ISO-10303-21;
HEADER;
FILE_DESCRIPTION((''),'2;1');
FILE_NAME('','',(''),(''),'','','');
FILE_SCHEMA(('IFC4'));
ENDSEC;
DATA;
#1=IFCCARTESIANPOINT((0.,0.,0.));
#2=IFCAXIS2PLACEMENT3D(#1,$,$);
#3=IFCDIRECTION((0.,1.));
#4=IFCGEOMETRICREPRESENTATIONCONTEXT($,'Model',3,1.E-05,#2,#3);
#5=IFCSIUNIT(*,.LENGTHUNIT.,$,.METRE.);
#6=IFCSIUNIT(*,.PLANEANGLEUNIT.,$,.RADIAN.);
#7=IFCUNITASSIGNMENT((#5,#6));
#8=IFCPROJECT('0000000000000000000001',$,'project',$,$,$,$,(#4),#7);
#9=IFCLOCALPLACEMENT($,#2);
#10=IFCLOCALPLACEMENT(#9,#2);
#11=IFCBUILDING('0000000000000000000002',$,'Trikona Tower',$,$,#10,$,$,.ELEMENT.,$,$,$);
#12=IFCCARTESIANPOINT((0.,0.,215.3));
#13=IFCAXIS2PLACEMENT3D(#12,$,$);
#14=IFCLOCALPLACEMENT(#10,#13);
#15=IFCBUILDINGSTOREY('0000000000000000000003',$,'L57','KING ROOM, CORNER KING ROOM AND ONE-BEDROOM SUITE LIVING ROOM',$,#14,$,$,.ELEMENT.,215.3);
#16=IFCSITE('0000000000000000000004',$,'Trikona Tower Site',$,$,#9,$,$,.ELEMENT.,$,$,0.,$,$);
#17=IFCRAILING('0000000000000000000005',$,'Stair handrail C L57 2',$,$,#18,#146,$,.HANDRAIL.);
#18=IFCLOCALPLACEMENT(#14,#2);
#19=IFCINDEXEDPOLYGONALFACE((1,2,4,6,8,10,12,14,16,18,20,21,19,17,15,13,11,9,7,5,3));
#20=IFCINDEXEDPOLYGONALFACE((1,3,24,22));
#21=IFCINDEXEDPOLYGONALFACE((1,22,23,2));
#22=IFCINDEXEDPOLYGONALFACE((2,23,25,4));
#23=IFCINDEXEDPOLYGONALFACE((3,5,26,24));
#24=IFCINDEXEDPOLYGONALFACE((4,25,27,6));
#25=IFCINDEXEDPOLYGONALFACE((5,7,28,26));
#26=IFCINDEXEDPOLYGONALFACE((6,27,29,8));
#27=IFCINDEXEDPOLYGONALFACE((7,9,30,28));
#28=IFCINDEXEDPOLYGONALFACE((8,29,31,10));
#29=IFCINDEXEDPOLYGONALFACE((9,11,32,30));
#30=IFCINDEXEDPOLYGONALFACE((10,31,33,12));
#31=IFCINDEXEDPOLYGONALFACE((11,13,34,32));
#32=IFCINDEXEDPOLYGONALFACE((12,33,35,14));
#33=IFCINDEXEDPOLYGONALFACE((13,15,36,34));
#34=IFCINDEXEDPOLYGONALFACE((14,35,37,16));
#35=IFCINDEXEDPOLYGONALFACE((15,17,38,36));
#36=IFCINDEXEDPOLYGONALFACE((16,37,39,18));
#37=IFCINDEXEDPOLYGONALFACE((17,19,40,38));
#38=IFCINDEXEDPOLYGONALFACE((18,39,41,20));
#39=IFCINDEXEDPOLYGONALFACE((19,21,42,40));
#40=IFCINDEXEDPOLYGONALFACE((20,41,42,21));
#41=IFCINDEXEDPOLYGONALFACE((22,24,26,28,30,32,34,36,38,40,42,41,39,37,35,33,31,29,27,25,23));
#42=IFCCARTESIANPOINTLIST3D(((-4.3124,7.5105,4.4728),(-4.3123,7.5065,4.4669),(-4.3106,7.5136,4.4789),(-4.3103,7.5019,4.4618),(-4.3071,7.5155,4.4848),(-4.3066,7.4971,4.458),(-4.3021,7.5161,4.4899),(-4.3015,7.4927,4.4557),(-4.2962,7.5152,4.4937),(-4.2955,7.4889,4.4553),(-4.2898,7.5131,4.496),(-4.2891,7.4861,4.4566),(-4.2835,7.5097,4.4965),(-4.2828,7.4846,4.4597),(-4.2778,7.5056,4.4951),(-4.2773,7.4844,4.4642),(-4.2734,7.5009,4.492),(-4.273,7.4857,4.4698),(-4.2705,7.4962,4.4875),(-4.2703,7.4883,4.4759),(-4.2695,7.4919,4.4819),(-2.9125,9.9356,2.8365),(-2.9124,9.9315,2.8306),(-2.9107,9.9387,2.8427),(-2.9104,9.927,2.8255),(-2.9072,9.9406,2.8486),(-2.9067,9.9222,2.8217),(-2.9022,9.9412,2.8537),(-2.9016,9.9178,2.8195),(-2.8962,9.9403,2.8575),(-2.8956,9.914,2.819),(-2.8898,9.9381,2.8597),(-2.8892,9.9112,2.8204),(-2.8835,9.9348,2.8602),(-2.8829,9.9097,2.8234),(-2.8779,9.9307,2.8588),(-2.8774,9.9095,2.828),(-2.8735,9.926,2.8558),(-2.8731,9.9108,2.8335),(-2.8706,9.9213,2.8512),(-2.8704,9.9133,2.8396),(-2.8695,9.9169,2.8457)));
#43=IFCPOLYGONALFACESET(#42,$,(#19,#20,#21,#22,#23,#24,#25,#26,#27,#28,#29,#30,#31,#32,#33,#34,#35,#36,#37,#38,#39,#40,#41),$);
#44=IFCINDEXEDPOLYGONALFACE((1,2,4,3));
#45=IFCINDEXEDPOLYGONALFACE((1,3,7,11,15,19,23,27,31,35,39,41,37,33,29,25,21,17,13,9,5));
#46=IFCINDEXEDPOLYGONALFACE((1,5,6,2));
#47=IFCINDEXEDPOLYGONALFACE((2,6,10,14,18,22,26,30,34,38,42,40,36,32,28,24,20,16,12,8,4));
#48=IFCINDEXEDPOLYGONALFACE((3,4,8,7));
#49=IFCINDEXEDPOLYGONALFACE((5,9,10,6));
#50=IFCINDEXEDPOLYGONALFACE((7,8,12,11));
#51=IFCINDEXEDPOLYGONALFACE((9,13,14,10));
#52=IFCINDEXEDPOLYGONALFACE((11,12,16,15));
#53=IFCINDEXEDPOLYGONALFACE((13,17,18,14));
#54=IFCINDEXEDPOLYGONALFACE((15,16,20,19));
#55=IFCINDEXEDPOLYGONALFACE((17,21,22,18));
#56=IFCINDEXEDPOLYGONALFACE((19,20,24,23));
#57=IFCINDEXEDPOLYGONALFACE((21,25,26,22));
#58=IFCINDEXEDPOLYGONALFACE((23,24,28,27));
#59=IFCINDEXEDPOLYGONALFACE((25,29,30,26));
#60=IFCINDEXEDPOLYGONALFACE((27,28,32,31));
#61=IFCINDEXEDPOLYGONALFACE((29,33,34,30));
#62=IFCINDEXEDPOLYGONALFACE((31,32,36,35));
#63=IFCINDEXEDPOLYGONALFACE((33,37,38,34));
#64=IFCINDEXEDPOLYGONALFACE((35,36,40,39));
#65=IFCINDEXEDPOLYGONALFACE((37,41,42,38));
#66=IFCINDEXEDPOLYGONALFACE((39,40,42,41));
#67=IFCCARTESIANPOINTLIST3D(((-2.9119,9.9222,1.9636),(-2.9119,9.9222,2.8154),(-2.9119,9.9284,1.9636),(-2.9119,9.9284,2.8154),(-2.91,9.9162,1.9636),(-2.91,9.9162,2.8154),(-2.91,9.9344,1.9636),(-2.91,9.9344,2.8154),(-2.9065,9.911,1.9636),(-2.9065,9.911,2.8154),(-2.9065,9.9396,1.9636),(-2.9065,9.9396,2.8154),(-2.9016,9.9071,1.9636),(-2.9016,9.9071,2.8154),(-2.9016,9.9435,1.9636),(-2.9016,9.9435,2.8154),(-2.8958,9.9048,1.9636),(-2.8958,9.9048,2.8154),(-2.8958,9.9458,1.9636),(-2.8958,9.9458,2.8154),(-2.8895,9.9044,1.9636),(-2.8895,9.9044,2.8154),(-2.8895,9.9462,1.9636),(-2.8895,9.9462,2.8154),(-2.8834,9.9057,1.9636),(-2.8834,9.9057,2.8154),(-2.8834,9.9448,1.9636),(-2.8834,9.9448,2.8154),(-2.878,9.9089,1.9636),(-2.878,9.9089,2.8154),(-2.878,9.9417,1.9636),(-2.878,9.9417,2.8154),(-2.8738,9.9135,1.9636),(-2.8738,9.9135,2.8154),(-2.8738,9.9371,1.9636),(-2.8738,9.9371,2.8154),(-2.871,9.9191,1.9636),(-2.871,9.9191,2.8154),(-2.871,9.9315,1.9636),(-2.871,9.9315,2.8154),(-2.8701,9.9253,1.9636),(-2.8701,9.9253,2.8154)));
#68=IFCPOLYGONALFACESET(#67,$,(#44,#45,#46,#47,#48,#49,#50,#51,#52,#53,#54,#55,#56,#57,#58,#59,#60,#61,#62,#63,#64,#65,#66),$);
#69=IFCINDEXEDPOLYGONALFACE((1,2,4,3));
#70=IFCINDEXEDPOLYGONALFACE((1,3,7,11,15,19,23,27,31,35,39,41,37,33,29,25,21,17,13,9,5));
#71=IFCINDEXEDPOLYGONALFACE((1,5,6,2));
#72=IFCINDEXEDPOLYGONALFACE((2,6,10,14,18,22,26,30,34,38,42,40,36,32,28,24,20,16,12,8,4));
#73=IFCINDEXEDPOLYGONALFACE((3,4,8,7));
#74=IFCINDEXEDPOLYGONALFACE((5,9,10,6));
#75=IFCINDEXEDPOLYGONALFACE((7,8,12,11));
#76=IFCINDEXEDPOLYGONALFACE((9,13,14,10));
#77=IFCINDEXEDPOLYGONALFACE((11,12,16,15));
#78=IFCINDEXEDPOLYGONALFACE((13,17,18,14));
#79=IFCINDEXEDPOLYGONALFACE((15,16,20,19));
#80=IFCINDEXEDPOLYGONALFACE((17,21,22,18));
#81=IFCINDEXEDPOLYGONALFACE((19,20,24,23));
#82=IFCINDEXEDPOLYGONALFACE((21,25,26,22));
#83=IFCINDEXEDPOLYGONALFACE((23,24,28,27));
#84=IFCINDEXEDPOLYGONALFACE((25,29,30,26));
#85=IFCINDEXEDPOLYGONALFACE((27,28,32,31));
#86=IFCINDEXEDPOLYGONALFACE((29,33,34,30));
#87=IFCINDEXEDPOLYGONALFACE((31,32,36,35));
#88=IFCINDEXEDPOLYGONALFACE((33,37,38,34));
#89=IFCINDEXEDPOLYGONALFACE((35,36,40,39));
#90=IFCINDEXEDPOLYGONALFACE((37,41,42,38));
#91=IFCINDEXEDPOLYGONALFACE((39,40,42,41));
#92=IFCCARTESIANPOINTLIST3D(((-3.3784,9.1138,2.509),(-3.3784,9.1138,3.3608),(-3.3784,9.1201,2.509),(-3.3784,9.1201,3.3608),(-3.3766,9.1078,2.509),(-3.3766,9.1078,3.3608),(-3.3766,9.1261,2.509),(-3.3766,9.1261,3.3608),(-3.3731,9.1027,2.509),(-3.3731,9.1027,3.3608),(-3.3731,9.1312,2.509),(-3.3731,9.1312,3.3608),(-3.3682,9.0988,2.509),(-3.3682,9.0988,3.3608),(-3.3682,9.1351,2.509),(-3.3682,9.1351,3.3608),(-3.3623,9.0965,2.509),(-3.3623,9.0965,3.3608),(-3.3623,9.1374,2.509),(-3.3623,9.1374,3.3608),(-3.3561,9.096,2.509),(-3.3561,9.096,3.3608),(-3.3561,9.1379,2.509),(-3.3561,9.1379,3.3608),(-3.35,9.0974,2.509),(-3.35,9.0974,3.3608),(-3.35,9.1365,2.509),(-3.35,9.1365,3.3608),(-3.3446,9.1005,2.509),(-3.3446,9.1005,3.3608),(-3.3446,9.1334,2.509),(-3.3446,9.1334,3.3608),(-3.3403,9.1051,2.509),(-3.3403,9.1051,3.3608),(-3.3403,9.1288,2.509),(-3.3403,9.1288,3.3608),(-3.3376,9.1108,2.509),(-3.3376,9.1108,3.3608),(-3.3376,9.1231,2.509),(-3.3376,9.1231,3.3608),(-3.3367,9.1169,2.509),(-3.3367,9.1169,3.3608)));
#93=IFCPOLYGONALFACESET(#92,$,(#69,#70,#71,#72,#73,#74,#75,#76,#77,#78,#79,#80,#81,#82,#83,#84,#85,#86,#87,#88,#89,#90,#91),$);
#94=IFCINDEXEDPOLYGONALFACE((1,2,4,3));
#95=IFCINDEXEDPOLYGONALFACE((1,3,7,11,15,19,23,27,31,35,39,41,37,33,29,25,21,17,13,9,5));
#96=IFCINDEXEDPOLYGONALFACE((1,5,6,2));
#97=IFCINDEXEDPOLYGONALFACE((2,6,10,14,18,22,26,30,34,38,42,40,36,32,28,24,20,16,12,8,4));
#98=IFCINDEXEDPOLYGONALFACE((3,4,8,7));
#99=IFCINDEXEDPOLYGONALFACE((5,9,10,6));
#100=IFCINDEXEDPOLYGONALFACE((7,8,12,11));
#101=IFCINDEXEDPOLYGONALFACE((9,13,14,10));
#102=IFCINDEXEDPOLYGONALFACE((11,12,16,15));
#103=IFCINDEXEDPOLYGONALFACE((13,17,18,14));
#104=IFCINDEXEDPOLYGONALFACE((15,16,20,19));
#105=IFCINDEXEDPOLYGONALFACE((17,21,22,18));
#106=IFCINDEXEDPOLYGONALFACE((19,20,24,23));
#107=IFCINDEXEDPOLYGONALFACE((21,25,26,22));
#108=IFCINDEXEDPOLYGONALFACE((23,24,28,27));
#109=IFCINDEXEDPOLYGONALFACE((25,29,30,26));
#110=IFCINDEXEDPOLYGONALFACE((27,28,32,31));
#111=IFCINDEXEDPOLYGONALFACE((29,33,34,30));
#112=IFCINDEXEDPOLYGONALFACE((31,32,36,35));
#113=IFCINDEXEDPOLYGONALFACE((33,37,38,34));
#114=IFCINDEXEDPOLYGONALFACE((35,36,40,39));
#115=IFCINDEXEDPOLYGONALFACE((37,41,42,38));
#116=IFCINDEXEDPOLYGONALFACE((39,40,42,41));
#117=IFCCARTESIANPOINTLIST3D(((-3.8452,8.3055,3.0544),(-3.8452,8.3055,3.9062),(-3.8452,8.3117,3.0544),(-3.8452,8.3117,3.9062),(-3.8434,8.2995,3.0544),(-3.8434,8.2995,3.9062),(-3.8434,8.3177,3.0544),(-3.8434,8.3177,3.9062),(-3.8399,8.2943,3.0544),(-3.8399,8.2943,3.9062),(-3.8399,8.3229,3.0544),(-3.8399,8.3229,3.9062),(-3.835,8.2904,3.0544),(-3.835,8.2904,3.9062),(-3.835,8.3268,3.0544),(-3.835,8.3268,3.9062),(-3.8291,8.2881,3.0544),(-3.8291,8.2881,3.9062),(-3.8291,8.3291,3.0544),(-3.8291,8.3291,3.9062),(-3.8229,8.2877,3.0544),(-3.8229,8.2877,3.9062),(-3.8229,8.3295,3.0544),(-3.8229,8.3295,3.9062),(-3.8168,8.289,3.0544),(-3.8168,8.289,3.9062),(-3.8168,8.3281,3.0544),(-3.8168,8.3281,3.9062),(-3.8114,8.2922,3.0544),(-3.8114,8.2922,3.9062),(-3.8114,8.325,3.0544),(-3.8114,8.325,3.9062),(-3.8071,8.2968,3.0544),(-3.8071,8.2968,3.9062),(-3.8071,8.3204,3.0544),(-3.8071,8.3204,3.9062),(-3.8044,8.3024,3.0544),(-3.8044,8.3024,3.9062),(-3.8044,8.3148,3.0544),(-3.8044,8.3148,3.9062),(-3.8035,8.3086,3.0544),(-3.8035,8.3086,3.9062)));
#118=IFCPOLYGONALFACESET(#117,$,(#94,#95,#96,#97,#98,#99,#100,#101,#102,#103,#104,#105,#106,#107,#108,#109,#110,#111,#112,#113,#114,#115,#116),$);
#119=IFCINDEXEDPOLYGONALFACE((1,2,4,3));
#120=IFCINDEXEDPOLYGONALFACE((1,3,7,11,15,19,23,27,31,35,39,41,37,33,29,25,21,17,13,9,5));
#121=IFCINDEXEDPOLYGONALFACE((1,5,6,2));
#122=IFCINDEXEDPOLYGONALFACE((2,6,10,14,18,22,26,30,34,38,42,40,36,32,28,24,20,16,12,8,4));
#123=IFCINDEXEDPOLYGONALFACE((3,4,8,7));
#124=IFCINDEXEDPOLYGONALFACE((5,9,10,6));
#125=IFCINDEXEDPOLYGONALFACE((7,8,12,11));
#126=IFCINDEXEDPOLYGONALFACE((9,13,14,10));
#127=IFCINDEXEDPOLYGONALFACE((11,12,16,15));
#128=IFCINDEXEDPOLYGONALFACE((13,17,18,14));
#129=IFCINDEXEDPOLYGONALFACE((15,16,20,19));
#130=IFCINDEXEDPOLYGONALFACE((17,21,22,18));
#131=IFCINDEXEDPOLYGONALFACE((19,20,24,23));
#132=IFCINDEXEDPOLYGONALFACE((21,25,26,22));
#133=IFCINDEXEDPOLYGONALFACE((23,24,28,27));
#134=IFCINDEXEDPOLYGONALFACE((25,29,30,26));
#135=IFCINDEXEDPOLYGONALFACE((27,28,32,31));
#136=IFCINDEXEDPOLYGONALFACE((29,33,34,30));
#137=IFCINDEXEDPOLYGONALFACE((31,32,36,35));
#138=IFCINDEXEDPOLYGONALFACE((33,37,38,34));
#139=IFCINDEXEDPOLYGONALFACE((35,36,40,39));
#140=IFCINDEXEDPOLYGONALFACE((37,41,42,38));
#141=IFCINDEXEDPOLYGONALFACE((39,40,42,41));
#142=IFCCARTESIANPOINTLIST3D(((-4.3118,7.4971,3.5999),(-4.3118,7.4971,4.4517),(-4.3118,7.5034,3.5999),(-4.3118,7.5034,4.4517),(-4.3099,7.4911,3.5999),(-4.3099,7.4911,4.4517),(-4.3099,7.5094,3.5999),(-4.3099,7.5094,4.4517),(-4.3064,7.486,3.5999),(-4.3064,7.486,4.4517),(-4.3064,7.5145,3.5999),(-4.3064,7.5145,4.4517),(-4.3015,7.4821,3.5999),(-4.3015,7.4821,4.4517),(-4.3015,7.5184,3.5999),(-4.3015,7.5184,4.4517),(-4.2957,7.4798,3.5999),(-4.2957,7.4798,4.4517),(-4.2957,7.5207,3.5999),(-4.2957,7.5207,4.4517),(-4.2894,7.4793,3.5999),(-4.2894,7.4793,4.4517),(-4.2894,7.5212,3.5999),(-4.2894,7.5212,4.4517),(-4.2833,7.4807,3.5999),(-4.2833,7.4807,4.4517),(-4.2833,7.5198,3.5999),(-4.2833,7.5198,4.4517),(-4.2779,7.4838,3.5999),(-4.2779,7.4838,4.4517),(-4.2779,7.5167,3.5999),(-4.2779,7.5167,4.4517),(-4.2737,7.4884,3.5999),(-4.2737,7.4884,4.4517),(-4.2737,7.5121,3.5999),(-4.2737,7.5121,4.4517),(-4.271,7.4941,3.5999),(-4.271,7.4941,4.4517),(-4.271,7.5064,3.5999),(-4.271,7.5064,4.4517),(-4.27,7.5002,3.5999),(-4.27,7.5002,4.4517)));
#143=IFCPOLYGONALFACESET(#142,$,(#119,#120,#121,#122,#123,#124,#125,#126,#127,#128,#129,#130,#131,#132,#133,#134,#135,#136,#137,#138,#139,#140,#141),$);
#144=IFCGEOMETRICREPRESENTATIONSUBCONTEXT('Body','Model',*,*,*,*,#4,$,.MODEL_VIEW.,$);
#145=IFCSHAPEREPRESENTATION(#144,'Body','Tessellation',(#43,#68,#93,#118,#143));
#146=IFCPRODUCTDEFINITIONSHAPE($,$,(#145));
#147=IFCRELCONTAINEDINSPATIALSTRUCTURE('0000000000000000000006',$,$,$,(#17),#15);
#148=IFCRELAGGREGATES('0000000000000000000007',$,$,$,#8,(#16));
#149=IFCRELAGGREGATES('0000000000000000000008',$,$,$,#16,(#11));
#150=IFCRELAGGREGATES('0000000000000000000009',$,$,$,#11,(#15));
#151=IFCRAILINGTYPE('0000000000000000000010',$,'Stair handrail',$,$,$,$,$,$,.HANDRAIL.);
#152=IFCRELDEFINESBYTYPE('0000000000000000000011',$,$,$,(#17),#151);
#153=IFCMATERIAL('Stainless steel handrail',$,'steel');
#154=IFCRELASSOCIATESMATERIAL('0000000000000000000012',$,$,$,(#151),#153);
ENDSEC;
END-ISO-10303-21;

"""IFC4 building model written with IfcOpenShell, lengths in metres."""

from ifc_helpers import new_model, si_unit, direction, frame, origin, origin_2d, place, context, subcontext, project, spatial, circle, extrude, material, type_object, element, save


model = new_model("IFC4")

# Units and contexts
model_context = context("Model", 3, precision=1e-05, world=origin(), true_north=direction((0.0, 1.0)))
body_context = subcontext(model_context, "Body", "Model", "MODEL_VIEW")
ifc_project = project(units=[si_unit("LENGTHUNIT", "METRE"), si_unit("PLANEANGLEUNIT", "RADIAN")], contexts=[model_context])

# Site, building, storey
site_placement = place(None, origin())
site = spatial("IfcSite", under=ifc_project, at=site_placement, Name="Trikona Tower Site", CompositionType="ELEMENT", RefElevation=0.0)
building_placement = place(site_placement, origin())
building = spatial("IfcBuilding", under=site, at=building_placement, Name="Trikona Tower", CompositionType="ELEMENT")
storey_placement = place(building_placement, frame((0.0, 0.0, 215.3)))
storey = spatial("IfcBuildingStorey", under=building, at=storey_placement, Name="L57", Description="KING ROOM, CORNER KING ROOM AND ONE-BEDROOM SUITE LIVING ROOM", CompositionType="ELEMENT", Elevation=215.3)

# Railing
ifc_material_1 = material(Name="Stainless steel handrail", Category="steel")
railing_type = type_object("IfcRailingType", Name="Stair handrail", PredefinedType="HANDRAIL", material=ifc_material_1)
railing_1_placement = place(storey_placement, frame((-2.8911, 9.9253, 1.9636)))
element("IfcRailing", 1, at=railing_1_placement, inside=storey, type_object=railing_type, Name="Stair handrail C L57 2", PredefinedType="HANDRAIL", context=body_context, shape_type="SweptSolid", body=[
    extrude(circle(Radius=0.0239, at=origin_2d()), frame((0.0, 0.0, 0.876), z_axis=(-0.431653, -0.747751, 0.504523), x_axis=(0.866056, -0.499946, 0.0)), (0.0, 0.0, 1.0), 3.2432),
    extrude(circle(Radius=0.021, at=origin_2d()), origin(), (0.0, 0.0, 1.0), 0.8518),
    extrude(circle(Radius=0.021, at=origin_2d()), frame((-0.4666, -0.8083, 0.5454)), (0.0, 0.0, 1.0), 0.8518),
    extrude(circle(Radius=0.021, at=origin_2d()), frame((-0.9333, -1.6167, 1.0908)), (0.0, 0.0, 1.0), 0.8518),
    extrude(circle(Radius=0.021, at=origin_2d()), frame((-1.3999, -2.425, 1.6362)), (0.0, 0.0, 1.0), 0.8518),
])

save(model, "model.ifc")
